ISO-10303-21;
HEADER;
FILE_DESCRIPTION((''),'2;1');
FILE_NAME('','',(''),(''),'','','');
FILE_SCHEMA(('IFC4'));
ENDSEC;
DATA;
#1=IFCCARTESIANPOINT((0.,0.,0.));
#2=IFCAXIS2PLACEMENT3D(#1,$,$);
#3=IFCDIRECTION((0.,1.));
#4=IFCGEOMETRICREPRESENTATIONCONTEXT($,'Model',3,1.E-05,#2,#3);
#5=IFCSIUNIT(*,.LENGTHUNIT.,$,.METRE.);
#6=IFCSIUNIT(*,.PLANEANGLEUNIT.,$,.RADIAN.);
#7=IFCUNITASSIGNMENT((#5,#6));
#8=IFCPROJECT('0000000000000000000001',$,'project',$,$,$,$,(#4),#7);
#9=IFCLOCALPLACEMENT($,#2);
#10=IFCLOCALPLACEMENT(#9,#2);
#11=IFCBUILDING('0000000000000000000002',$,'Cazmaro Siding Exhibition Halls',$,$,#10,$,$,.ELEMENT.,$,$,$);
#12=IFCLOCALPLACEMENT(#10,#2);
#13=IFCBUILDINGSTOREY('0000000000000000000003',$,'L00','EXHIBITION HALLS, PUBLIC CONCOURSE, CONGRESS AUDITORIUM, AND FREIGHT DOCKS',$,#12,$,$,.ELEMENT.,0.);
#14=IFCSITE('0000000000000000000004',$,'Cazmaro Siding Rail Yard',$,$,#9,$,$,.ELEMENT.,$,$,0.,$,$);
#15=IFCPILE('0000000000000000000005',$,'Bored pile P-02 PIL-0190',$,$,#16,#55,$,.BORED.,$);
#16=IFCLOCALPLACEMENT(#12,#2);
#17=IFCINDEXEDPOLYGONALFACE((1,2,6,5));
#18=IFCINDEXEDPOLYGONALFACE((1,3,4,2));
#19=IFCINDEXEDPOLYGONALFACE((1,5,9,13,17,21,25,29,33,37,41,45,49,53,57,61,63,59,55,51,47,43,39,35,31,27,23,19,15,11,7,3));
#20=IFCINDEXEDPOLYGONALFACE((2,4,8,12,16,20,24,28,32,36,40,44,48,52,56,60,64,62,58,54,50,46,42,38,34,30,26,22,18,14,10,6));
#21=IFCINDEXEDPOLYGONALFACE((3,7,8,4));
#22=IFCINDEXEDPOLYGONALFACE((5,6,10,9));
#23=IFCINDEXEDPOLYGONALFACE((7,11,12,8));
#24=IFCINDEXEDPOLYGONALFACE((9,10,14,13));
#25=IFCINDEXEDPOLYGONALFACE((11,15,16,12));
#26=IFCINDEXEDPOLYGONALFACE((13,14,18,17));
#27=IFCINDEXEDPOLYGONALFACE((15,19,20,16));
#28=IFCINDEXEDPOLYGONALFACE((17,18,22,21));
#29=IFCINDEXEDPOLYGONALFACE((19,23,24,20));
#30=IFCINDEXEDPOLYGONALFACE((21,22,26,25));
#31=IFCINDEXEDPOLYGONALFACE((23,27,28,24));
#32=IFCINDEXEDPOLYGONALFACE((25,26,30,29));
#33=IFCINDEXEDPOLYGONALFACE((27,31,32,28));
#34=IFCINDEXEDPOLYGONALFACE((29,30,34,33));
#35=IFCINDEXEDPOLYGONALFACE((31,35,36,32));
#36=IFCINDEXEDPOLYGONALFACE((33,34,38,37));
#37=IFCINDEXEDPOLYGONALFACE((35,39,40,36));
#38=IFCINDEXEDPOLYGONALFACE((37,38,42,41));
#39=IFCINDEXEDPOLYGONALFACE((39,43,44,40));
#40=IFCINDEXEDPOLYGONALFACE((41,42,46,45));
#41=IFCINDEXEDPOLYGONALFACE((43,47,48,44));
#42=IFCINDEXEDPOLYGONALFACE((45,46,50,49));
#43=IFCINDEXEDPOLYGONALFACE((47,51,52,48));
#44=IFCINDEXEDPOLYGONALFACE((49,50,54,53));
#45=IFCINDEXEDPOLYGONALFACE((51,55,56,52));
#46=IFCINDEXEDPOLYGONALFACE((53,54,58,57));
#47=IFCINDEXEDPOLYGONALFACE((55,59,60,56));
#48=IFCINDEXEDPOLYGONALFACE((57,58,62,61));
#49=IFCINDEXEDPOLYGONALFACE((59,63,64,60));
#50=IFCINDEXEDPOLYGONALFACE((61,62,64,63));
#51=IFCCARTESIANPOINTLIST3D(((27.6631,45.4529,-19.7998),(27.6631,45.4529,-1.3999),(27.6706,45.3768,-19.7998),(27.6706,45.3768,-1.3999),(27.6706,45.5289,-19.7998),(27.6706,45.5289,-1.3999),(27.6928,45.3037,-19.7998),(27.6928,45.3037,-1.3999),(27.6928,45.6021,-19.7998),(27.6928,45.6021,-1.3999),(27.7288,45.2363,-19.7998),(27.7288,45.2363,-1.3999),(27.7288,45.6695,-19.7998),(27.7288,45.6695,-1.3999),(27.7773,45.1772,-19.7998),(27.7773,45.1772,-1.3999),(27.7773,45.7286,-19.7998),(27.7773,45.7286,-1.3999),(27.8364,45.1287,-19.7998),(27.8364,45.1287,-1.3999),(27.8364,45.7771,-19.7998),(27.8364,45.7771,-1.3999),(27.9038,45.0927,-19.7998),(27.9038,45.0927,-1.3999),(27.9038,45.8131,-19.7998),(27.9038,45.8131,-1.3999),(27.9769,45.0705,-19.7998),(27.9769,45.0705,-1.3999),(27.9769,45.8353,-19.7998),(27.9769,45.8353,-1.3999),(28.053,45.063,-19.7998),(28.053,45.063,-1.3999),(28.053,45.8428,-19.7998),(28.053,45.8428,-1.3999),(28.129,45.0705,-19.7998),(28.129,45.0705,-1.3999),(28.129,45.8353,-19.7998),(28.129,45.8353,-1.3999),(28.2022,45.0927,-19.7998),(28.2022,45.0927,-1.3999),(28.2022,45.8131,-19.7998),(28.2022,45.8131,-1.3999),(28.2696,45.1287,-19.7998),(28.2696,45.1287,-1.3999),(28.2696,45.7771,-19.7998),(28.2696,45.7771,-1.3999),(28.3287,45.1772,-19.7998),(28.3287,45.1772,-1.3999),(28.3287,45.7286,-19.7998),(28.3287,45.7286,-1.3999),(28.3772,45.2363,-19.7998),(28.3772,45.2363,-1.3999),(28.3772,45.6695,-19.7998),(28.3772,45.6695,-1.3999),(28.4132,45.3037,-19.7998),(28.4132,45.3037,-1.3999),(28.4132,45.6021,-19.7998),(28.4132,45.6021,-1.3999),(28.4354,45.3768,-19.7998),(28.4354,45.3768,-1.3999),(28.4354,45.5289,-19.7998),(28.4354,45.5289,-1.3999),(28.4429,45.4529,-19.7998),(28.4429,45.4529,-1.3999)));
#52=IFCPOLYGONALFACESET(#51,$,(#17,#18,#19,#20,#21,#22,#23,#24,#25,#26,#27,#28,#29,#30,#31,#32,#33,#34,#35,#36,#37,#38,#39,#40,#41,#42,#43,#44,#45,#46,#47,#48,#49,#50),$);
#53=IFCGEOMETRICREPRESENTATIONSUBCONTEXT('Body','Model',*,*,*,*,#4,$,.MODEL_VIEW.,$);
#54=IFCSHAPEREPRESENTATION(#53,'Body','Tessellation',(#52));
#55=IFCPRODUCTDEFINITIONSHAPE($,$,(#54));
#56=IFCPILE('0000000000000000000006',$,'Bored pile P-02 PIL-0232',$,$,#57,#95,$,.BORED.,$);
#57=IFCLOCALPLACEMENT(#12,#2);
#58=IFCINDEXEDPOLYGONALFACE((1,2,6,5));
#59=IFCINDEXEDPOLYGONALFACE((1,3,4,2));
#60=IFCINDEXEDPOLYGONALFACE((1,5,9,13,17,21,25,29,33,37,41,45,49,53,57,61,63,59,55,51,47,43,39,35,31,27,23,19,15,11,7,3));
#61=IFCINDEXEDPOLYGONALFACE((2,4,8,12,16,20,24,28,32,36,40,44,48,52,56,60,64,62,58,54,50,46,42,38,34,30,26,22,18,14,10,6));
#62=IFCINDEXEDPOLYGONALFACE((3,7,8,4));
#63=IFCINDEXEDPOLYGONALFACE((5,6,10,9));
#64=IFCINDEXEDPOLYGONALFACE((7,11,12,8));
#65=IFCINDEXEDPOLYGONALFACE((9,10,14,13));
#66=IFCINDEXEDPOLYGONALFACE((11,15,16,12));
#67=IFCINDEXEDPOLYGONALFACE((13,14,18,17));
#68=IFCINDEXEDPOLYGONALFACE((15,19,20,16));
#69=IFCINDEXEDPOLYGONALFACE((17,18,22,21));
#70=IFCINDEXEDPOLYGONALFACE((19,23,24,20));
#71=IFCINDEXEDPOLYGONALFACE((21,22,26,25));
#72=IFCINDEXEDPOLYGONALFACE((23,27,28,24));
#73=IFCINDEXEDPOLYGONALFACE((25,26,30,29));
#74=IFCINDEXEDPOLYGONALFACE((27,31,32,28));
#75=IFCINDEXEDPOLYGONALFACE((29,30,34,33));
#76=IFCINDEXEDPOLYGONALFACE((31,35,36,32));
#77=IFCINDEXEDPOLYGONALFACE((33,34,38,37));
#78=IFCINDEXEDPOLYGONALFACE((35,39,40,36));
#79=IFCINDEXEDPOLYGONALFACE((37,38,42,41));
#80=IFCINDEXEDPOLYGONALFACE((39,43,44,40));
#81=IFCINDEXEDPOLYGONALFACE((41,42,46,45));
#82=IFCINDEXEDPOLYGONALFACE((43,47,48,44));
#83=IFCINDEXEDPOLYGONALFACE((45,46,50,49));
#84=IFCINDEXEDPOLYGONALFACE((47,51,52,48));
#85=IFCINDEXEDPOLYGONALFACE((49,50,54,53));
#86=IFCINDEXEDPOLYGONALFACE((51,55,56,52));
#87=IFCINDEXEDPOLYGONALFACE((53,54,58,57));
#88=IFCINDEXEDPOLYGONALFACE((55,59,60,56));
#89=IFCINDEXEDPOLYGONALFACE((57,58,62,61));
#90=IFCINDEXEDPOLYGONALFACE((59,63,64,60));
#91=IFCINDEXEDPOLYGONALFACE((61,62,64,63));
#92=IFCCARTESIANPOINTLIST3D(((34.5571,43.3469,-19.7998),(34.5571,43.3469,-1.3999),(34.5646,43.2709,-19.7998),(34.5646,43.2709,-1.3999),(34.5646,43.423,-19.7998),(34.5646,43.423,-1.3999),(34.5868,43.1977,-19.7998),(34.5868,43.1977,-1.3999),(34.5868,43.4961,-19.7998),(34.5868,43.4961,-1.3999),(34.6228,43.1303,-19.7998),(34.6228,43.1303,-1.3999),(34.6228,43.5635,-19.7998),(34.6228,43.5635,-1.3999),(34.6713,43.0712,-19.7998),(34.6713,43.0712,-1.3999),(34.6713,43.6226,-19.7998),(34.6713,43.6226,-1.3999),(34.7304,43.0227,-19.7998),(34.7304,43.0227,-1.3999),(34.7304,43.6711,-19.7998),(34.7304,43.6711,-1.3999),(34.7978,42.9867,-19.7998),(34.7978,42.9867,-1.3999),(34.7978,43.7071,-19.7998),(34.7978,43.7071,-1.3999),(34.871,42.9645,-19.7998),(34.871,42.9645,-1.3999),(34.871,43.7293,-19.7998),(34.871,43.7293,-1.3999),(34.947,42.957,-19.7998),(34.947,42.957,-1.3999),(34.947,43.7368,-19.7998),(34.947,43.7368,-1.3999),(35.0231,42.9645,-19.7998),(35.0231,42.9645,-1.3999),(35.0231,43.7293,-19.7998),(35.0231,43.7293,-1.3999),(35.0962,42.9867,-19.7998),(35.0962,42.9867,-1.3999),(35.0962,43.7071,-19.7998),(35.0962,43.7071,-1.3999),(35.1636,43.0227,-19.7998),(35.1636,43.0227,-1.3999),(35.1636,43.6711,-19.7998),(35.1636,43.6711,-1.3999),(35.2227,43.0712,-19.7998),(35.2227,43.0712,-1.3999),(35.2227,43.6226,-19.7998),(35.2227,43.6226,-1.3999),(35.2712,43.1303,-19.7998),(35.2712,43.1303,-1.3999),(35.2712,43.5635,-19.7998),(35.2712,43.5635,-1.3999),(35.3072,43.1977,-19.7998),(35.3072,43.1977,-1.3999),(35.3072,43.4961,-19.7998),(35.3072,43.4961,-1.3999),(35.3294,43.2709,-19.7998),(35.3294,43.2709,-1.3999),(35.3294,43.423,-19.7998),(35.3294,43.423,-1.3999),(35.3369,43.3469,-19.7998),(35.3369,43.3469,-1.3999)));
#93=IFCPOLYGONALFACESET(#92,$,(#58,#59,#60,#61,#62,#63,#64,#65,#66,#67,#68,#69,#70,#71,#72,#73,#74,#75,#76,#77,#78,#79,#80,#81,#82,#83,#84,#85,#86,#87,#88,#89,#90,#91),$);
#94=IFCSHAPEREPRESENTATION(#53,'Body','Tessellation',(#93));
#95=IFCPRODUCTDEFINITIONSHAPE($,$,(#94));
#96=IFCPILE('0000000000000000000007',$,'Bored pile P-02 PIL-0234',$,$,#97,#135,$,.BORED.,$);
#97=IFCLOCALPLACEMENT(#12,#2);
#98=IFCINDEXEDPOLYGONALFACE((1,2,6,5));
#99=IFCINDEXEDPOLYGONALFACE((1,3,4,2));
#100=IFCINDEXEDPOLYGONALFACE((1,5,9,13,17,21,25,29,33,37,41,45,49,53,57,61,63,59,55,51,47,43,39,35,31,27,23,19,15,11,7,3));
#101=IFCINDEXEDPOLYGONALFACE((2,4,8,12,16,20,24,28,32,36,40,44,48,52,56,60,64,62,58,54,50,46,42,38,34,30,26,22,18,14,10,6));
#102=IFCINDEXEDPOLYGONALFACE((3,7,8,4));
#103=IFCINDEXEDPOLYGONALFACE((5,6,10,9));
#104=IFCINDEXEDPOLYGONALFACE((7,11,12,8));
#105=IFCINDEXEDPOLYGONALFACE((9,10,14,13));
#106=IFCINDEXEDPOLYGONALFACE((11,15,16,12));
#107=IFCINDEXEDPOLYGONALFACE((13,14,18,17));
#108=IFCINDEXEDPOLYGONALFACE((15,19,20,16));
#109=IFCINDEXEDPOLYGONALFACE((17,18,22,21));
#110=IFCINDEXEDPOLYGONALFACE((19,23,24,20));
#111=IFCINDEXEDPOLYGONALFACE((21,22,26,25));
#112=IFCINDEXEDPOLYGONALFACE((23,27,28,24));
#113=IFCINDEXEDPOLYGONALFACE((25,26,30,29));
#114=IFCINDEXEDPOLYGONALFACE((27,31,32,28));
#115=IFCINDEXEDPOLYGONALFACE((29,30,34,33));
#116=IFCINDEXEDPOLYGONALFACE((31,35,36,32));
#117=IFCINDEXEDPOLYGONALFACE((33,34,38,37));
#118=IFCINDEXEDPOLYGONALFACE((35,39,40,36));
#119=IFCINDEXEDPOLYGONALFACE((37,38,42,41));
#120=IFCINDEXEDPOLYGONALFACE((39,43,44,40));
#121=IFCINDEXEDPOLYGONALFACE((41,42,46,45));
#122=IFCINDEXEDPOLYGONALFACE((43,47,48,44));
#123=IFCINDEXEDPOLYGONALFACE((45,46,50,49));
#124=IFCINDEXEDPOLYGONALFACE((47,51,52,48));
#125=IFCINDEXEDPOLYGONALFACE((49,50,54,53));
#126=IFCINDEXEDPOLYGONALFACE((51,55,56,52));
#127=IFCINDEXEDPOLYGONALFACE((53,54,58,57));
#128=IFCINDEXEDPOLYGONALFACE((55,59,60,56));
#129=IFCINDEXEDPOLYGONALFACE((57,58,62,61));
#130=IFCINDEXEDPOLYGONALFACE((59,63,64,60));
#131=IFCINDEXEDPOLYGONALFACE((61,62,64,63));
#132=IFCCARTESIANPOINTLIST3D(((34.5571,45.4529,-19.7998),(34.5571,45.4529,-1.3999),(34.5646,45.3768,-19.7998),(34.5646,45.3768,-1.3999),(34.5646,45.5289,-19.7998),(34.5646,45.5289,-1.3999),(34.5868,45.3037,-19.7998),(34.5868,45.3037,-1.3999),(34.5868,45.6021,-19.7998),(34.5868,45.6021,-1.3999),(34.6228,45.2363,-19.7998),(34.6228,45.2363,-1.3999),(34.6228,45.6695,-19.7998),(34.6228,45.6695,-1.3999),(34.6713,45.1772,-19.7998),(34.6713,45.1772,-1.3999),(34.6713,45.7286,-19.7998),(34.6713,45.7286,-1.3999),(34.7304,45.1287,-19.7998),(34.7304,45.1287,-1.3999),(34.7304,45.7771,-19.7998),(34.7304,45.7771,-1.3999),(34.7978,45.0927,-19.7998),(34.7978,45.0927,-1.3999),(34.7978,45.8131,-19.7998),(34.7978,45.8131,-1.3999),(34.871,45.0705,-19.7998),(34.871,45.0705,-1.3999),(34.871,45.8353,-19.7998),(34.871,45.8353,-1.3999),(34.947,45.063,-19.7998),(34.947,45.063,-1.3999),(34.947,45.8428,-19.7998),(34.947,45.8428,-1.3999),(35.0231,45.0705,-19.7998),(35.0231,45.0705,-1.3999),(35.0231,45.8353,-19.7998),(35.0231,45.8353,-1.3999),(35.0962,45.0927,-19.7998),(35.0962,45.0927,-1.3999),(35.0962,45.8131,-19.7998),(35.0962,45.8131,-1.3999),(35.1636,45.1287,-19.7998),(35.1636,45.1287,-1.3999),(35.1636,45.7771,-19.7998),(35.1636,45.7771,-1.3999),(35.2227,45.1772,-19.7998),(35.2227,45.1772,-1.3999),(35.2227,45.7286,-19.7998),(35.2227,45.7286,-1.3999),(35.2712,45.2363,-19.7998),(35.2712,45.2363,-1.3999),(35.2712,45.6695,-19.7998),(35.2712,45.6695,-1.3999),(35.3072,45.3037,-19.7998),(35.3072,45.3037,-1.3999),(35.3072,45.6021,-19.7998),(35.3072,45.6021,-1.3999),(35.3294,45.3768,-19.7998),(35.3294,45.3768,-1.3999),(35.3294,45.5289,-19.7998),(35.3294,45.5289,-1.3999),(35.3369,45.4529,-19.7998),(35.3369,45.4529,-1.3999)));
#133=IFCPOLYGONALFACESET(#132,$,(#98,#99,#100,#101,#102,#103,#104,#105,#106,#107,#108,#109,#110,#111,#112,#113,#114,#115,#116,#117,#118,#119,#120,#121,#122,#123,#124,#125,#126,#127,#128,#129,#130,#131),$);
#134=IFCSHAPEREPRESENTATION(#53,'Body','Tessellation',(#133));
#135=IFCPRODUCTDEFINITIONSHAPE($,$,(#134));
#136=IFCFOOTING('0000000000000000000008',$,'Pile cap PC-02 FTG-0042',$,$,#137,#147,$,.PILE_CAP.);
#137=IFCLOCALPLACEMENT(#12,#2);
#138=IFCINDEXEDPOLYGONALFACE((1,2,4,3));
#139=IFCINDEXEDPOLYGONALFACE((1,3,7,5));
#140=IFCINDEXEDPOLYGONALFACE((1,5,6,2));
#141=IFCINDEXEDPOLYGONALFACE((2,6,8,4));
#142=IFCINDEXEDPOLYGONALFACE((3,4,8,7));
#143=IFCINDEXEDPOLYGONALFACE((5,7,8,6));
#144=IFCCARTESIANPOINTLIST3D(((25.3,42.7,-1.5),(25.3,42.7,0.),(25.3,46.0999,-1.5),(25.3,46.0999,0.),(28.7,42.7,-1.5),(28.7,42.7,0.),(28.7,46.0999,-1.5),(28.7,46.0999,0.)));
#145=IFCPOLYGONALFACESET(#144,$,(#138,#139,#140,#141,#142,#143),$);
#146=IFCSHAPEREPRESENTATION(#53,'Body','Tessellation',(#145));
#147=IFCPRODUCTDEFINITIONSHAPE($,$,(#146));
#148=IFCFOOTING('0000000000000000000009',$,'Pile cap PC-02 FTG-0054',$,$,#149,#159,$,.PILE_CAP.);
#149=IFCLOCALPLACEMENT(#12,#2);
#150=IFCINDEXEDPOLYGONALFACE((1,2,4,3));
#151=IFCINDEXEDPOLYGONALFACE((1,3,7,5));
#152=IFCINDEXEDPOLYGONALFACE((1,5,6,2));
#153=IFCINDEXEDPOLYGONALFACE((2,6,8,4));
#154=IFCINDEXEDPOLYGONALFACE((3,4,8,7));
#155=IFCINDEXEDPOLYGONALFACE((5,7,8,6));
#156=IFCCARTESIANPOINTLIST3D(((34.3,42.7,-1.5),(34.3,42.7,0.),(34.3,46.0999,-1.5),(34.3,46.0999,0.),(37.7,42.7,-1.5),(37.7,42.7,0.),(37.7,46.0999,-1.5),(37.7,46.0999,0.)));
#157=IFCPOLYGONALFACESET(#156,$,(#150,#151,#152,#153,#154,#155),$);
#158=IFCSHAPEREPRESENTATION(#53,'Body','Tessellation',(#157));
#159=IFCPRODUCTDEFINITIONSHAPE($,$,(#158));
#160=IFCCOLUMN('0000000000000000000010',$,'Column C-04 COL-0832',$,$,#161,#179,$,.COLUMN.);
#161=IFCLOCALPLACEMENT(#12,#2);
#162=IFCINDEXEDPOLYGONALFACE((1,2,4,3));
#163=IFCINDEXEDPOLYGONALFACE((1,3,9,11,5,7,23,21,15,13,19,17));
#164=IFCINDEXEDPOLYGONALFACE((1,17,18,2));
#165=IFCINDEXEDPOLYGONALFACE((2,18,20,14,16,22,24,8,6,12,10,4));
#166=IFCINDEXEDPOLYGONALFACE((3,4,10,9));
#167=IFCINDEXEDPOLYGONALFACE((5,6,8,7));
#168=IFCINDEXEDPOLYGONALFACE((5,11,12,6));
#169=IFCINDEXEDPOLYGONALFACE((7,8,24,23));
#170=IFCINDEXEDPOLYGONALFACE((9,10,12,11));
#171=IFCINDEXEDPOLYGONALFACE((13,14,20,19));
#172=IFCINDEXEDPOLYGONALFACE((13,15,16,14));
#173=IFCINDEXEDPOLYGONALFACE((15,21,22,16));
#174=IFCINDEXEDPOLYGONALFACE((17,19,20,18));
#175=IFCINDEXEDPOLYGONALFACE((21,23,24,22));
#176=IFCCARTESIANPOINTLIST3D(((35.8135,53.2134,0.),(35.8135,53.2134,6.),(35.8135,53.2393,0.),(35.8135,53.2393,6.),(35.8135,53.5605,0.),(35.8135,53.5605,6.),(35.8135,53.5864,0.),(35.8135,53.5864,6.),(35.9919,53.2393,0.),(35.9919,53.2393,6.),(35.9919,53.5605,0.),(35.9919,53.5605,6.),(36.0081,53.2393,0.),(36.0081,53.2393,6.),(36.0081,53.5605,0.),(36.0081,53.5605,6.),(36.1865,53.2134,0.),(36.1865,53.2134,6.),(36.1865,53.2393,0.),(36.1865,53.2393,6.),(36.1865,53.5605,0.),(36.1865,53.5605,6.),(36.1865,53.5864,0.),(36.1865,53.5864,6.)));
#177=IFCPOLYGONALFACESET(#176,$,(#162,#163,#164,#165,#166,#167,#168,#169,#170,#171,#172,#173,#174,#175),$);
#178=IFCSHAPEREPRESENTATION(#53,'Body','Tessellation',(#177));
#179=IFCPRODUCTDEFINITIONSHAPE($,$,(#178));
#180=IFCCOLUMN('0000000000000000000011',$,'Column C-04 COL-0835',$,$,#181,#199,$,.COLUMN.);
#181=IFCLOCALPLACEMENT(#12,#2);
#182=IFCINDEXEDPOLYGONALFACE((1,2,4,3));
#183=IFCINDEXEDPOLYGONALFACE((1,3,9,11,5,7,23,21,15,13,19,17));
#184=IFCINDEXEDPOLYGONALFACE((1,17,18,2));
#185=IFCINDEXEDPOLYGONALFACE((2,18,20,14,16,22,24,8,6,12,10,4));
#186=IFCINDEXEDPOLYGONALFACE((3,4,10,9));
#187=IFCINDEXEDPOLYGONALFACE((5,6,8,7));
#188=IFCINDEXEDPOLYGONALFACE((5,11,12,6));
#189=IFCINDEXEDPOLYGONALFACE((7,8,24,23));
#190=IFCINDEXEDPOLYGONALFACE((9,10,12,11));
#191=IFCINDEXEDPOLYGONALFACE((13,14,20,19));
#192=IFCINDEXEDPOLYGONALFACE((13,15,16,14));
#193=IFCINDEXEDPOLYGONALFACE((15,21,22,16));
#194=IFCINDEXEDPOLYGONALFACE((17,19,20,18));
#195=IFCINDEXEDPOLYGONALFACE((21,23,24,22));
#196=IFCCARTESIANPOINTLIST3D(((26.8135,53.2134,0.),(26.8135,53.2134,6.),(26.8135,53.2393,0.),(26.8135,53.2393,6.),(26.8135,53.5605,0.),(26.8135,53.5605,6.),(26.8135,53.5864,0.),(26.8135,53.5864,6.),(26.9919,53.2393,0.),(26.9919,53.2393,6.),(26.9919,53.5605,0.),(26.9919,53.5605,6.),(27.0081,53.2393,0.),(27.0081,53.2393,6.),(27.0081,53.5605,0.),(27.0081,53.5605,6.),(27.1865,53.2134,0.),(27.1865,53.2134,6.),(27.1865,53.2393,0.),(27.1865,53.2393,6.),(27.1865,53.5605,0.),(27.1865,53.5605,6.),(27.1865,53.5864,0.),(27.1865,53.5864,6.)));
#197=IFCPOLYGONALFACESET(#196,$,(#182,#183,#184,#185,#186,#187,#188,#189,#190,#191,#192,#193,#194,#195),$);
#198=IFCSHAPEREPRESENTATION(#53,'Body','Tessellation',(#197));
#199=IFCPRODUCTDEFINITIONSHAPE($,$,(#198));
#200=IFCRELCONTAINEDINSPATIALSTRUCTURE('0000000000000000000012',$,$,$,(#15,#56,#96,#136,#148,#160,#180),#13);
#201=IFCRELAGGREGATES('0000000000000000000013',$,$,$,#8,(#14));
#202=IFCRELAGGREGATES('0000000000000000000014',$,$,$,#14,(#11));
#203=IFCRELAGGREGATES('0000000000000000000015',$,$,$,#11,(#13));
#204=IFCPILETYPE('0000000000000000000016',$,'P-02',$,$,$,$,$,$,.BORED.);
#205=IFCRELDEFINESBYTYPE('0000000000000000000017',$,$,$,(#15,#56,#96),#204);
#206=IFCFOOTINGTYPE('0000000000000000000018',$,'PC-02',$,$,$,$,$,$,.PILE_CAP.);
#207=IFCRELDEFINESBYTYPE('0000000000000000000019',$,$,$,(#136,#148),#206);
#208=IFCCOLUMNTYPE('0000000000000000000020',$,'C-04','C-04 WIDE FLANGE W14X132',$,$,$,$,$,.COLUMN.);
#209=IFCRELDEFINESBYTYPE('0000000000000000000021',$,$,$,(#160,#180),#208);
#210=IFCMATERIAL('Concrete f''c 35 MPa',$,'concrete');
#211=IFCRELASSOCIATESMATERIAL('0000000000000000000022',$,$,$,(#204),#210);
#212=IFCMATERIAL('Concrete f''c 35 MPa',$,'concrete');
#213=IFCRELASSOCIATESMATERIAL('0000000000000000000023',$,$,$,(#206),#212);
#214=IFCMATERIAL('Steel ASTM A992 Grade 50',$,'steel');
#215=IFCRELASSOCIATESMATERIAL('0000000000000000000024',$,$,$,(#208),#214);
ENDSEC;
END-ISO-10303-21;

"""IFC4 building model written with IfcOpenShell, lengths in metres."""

from ifc_helpers import new_model, si_unit, direction, frame, origin, origin_2d, place, context, subcontext, project, spatial, rectangle, circle, i_section, extrude, material, material_profile, profile_set, type_object, element, save


model = new_model("IFC4")

# Units and contexts
model_context = context("Model", 3, precision=1e-05, world=origin(), true_north=direction((0.0, 1.0)))
body_context = subcontext(model_context, "Body", "Model", "MODEL_VIEW")
ifc_project = project(units=[si_unit("LENGTHUNIT", "METRE"), si_unit("PLANEANGLEUNIT", "RADIAN")], contexts=[model_context])

# Site, building, storey
site_placement = place(None, origin())
site = spatial("IfcSite", under=ifc_project, at=site_placement, Name="Cazmaro Siding Rail Yard", CompositionType="ELEMENT", RefElevation=0.0)
building_placement = place(site_placement, origin())
building = spatial("IfcBuilding", under=site, at=building_placement, Name="Cazmaro Siding Exhibition Halls", CompositionType="ELEMENT")
storey_placement = place(building_placement, origin())
storey = spatial("IfcBuildingStorey", under=building, at=storey_placement, Name="L00", Description="EXHIBITION HALLS, PUBLIC CONCOURSE, CONGRESS AUDITORIUM, AND FREIGHT DOCKS", CompositionType="ELEMENT", Elevation=0.0)

# Piles
ifc_material_1 = material(Name="Concrete f'c 35 MPa", Category="concrete")
ifc_material_profile_1 = material_profile(ifc_material_1, circle(Radius=0.3899, at=origin_2d()), Name="CIDH-780")
ifc_profile_set_1 = profile_set([ifc_material_profile_1], Name="Concrete f'c 35 MPa")
pile_type = type_object("IfcPileType", Name="P-02", PredefinedType="BORED", material=ifc_profile_set_1)
for number, where, z_axis, x_axis, name in (
    (1, (28.053, 45.4529, -1.3999), (0.0, 0.0, -1.0), (1.0, 0.0, 0.0), "Bored pile P-02 PIL-0190"),
    (2, (34.947, 43.3469, -1.3999), (0.0, 0.0, -1.0), (1.0, 0.0, 0.0), "Bored pile P-02 PIL-0232"),
    (3, (34.947, 45.4529, -1.3999), (0.0, 0.0, -1.0), (1.0, 0.0, 0.0), "Bored pile P-02 PIL-0234"),
):
    element("IfcPile", number, at=place(storey_placement, frame(where, z_axis=z_axis, x_axis=x_axis)), inside=storey, type_object=pile_type, Name=name, PredefinedType="BORED", context=body_context, shape_type="SweptSolid", body=[
        extrude(circle(Radius=0.3899, at=origin_2d()), origin(), (0.0, 0.0, 1.0), 18.3999),
    ])

# Footings
ifc_material_2 = material(Name="Concrete f'c 35 MPa", Category="concrete")
footing_type = type_object("IfcFootingType", Name="PC-02", PredefinedType="PILE_CAP", material=ifc_material_2)
for number, where, z_axis, x_axis, name in (
    (4, (27.0, 44.3999, -1.5), (0.0, 0.0, 1.0), (1.0, 0.0, 0.0), "Pile cap PC-02 FTG-0042"),
    (5, (36.0, 44.3999, -1.5), (0.0, 0.0, 1.0), (1.0, 0.0, 0.0), "Pile cap PC-02 FTG-0054"),
):
    element("IfcFooting", number, at=place(storey_placement, frame(where, z_axis=z_axis, x_axis=x_axis)), inside=storey, type_object=footing_type, Name=name, PredefinedType="PILE_CAP", context=body_context, shape_type="SweptSolid", body=[
        extrude(rectangle(XDim=3.3999, YDim=3.3999, at=origin_2d()), origin(), (0.0, 0.0, 1.0), 1.5),
    ])

# Columns
ifc_material_3 = material(Name="Steel ASTM A992 Grade 50", Category="steel")
ifc_material_profile_2 = material_profile(ifc_material_3, i_section(OverallWidth=0.373, OverallDepth=0.373, WebThickness=0.0161, FlangeThickness=0.0259, at=origin_2d()), Name="W14X132")
ifc_profile_set_2 = profile_set([ifc_material_profile_2], Name="Steel ASTM A992 Grade 50")
column_type_1 = type_object("IfcColumnType", Name="C-04", Description="C-04 WIDE FLANGE W14X132", PredefinedType="COLUMN", material=ifc_profile_set_2)
for number, where, z_axis, x_axis, name in (
    (6, (36.0, 53.3999, 0.0), (0.0, 0.0, 1.0), (1.0, 0.0, 0.0), "Column C-04 COL-0832"),
    (7, (27.0, 53.3999, 0.0), (0.0, 0.0, 1.0), (1.0, 0.0, 0.0), "Column C-04 COL-0835"),
):
    element("IfcColumn", number, at=place(storey_placement, frame(where, z_axis=z_axis, x_axis=x_axis)), inside=storey, type_object=column_type_1, Name=name, PredefinedType="COLUMN", context=body_context, shape_type="SweptSolid", body=[
        extrude(i_section(OverallWidth=0.373, OverallDepth=0.373, WebThickness=0.0161, FlangeThickness=0.0259, at=origin_2d()), origin(), (0.0, 0.0, 1.0), 6.0),
    ])

save(model, "model.ifc")
